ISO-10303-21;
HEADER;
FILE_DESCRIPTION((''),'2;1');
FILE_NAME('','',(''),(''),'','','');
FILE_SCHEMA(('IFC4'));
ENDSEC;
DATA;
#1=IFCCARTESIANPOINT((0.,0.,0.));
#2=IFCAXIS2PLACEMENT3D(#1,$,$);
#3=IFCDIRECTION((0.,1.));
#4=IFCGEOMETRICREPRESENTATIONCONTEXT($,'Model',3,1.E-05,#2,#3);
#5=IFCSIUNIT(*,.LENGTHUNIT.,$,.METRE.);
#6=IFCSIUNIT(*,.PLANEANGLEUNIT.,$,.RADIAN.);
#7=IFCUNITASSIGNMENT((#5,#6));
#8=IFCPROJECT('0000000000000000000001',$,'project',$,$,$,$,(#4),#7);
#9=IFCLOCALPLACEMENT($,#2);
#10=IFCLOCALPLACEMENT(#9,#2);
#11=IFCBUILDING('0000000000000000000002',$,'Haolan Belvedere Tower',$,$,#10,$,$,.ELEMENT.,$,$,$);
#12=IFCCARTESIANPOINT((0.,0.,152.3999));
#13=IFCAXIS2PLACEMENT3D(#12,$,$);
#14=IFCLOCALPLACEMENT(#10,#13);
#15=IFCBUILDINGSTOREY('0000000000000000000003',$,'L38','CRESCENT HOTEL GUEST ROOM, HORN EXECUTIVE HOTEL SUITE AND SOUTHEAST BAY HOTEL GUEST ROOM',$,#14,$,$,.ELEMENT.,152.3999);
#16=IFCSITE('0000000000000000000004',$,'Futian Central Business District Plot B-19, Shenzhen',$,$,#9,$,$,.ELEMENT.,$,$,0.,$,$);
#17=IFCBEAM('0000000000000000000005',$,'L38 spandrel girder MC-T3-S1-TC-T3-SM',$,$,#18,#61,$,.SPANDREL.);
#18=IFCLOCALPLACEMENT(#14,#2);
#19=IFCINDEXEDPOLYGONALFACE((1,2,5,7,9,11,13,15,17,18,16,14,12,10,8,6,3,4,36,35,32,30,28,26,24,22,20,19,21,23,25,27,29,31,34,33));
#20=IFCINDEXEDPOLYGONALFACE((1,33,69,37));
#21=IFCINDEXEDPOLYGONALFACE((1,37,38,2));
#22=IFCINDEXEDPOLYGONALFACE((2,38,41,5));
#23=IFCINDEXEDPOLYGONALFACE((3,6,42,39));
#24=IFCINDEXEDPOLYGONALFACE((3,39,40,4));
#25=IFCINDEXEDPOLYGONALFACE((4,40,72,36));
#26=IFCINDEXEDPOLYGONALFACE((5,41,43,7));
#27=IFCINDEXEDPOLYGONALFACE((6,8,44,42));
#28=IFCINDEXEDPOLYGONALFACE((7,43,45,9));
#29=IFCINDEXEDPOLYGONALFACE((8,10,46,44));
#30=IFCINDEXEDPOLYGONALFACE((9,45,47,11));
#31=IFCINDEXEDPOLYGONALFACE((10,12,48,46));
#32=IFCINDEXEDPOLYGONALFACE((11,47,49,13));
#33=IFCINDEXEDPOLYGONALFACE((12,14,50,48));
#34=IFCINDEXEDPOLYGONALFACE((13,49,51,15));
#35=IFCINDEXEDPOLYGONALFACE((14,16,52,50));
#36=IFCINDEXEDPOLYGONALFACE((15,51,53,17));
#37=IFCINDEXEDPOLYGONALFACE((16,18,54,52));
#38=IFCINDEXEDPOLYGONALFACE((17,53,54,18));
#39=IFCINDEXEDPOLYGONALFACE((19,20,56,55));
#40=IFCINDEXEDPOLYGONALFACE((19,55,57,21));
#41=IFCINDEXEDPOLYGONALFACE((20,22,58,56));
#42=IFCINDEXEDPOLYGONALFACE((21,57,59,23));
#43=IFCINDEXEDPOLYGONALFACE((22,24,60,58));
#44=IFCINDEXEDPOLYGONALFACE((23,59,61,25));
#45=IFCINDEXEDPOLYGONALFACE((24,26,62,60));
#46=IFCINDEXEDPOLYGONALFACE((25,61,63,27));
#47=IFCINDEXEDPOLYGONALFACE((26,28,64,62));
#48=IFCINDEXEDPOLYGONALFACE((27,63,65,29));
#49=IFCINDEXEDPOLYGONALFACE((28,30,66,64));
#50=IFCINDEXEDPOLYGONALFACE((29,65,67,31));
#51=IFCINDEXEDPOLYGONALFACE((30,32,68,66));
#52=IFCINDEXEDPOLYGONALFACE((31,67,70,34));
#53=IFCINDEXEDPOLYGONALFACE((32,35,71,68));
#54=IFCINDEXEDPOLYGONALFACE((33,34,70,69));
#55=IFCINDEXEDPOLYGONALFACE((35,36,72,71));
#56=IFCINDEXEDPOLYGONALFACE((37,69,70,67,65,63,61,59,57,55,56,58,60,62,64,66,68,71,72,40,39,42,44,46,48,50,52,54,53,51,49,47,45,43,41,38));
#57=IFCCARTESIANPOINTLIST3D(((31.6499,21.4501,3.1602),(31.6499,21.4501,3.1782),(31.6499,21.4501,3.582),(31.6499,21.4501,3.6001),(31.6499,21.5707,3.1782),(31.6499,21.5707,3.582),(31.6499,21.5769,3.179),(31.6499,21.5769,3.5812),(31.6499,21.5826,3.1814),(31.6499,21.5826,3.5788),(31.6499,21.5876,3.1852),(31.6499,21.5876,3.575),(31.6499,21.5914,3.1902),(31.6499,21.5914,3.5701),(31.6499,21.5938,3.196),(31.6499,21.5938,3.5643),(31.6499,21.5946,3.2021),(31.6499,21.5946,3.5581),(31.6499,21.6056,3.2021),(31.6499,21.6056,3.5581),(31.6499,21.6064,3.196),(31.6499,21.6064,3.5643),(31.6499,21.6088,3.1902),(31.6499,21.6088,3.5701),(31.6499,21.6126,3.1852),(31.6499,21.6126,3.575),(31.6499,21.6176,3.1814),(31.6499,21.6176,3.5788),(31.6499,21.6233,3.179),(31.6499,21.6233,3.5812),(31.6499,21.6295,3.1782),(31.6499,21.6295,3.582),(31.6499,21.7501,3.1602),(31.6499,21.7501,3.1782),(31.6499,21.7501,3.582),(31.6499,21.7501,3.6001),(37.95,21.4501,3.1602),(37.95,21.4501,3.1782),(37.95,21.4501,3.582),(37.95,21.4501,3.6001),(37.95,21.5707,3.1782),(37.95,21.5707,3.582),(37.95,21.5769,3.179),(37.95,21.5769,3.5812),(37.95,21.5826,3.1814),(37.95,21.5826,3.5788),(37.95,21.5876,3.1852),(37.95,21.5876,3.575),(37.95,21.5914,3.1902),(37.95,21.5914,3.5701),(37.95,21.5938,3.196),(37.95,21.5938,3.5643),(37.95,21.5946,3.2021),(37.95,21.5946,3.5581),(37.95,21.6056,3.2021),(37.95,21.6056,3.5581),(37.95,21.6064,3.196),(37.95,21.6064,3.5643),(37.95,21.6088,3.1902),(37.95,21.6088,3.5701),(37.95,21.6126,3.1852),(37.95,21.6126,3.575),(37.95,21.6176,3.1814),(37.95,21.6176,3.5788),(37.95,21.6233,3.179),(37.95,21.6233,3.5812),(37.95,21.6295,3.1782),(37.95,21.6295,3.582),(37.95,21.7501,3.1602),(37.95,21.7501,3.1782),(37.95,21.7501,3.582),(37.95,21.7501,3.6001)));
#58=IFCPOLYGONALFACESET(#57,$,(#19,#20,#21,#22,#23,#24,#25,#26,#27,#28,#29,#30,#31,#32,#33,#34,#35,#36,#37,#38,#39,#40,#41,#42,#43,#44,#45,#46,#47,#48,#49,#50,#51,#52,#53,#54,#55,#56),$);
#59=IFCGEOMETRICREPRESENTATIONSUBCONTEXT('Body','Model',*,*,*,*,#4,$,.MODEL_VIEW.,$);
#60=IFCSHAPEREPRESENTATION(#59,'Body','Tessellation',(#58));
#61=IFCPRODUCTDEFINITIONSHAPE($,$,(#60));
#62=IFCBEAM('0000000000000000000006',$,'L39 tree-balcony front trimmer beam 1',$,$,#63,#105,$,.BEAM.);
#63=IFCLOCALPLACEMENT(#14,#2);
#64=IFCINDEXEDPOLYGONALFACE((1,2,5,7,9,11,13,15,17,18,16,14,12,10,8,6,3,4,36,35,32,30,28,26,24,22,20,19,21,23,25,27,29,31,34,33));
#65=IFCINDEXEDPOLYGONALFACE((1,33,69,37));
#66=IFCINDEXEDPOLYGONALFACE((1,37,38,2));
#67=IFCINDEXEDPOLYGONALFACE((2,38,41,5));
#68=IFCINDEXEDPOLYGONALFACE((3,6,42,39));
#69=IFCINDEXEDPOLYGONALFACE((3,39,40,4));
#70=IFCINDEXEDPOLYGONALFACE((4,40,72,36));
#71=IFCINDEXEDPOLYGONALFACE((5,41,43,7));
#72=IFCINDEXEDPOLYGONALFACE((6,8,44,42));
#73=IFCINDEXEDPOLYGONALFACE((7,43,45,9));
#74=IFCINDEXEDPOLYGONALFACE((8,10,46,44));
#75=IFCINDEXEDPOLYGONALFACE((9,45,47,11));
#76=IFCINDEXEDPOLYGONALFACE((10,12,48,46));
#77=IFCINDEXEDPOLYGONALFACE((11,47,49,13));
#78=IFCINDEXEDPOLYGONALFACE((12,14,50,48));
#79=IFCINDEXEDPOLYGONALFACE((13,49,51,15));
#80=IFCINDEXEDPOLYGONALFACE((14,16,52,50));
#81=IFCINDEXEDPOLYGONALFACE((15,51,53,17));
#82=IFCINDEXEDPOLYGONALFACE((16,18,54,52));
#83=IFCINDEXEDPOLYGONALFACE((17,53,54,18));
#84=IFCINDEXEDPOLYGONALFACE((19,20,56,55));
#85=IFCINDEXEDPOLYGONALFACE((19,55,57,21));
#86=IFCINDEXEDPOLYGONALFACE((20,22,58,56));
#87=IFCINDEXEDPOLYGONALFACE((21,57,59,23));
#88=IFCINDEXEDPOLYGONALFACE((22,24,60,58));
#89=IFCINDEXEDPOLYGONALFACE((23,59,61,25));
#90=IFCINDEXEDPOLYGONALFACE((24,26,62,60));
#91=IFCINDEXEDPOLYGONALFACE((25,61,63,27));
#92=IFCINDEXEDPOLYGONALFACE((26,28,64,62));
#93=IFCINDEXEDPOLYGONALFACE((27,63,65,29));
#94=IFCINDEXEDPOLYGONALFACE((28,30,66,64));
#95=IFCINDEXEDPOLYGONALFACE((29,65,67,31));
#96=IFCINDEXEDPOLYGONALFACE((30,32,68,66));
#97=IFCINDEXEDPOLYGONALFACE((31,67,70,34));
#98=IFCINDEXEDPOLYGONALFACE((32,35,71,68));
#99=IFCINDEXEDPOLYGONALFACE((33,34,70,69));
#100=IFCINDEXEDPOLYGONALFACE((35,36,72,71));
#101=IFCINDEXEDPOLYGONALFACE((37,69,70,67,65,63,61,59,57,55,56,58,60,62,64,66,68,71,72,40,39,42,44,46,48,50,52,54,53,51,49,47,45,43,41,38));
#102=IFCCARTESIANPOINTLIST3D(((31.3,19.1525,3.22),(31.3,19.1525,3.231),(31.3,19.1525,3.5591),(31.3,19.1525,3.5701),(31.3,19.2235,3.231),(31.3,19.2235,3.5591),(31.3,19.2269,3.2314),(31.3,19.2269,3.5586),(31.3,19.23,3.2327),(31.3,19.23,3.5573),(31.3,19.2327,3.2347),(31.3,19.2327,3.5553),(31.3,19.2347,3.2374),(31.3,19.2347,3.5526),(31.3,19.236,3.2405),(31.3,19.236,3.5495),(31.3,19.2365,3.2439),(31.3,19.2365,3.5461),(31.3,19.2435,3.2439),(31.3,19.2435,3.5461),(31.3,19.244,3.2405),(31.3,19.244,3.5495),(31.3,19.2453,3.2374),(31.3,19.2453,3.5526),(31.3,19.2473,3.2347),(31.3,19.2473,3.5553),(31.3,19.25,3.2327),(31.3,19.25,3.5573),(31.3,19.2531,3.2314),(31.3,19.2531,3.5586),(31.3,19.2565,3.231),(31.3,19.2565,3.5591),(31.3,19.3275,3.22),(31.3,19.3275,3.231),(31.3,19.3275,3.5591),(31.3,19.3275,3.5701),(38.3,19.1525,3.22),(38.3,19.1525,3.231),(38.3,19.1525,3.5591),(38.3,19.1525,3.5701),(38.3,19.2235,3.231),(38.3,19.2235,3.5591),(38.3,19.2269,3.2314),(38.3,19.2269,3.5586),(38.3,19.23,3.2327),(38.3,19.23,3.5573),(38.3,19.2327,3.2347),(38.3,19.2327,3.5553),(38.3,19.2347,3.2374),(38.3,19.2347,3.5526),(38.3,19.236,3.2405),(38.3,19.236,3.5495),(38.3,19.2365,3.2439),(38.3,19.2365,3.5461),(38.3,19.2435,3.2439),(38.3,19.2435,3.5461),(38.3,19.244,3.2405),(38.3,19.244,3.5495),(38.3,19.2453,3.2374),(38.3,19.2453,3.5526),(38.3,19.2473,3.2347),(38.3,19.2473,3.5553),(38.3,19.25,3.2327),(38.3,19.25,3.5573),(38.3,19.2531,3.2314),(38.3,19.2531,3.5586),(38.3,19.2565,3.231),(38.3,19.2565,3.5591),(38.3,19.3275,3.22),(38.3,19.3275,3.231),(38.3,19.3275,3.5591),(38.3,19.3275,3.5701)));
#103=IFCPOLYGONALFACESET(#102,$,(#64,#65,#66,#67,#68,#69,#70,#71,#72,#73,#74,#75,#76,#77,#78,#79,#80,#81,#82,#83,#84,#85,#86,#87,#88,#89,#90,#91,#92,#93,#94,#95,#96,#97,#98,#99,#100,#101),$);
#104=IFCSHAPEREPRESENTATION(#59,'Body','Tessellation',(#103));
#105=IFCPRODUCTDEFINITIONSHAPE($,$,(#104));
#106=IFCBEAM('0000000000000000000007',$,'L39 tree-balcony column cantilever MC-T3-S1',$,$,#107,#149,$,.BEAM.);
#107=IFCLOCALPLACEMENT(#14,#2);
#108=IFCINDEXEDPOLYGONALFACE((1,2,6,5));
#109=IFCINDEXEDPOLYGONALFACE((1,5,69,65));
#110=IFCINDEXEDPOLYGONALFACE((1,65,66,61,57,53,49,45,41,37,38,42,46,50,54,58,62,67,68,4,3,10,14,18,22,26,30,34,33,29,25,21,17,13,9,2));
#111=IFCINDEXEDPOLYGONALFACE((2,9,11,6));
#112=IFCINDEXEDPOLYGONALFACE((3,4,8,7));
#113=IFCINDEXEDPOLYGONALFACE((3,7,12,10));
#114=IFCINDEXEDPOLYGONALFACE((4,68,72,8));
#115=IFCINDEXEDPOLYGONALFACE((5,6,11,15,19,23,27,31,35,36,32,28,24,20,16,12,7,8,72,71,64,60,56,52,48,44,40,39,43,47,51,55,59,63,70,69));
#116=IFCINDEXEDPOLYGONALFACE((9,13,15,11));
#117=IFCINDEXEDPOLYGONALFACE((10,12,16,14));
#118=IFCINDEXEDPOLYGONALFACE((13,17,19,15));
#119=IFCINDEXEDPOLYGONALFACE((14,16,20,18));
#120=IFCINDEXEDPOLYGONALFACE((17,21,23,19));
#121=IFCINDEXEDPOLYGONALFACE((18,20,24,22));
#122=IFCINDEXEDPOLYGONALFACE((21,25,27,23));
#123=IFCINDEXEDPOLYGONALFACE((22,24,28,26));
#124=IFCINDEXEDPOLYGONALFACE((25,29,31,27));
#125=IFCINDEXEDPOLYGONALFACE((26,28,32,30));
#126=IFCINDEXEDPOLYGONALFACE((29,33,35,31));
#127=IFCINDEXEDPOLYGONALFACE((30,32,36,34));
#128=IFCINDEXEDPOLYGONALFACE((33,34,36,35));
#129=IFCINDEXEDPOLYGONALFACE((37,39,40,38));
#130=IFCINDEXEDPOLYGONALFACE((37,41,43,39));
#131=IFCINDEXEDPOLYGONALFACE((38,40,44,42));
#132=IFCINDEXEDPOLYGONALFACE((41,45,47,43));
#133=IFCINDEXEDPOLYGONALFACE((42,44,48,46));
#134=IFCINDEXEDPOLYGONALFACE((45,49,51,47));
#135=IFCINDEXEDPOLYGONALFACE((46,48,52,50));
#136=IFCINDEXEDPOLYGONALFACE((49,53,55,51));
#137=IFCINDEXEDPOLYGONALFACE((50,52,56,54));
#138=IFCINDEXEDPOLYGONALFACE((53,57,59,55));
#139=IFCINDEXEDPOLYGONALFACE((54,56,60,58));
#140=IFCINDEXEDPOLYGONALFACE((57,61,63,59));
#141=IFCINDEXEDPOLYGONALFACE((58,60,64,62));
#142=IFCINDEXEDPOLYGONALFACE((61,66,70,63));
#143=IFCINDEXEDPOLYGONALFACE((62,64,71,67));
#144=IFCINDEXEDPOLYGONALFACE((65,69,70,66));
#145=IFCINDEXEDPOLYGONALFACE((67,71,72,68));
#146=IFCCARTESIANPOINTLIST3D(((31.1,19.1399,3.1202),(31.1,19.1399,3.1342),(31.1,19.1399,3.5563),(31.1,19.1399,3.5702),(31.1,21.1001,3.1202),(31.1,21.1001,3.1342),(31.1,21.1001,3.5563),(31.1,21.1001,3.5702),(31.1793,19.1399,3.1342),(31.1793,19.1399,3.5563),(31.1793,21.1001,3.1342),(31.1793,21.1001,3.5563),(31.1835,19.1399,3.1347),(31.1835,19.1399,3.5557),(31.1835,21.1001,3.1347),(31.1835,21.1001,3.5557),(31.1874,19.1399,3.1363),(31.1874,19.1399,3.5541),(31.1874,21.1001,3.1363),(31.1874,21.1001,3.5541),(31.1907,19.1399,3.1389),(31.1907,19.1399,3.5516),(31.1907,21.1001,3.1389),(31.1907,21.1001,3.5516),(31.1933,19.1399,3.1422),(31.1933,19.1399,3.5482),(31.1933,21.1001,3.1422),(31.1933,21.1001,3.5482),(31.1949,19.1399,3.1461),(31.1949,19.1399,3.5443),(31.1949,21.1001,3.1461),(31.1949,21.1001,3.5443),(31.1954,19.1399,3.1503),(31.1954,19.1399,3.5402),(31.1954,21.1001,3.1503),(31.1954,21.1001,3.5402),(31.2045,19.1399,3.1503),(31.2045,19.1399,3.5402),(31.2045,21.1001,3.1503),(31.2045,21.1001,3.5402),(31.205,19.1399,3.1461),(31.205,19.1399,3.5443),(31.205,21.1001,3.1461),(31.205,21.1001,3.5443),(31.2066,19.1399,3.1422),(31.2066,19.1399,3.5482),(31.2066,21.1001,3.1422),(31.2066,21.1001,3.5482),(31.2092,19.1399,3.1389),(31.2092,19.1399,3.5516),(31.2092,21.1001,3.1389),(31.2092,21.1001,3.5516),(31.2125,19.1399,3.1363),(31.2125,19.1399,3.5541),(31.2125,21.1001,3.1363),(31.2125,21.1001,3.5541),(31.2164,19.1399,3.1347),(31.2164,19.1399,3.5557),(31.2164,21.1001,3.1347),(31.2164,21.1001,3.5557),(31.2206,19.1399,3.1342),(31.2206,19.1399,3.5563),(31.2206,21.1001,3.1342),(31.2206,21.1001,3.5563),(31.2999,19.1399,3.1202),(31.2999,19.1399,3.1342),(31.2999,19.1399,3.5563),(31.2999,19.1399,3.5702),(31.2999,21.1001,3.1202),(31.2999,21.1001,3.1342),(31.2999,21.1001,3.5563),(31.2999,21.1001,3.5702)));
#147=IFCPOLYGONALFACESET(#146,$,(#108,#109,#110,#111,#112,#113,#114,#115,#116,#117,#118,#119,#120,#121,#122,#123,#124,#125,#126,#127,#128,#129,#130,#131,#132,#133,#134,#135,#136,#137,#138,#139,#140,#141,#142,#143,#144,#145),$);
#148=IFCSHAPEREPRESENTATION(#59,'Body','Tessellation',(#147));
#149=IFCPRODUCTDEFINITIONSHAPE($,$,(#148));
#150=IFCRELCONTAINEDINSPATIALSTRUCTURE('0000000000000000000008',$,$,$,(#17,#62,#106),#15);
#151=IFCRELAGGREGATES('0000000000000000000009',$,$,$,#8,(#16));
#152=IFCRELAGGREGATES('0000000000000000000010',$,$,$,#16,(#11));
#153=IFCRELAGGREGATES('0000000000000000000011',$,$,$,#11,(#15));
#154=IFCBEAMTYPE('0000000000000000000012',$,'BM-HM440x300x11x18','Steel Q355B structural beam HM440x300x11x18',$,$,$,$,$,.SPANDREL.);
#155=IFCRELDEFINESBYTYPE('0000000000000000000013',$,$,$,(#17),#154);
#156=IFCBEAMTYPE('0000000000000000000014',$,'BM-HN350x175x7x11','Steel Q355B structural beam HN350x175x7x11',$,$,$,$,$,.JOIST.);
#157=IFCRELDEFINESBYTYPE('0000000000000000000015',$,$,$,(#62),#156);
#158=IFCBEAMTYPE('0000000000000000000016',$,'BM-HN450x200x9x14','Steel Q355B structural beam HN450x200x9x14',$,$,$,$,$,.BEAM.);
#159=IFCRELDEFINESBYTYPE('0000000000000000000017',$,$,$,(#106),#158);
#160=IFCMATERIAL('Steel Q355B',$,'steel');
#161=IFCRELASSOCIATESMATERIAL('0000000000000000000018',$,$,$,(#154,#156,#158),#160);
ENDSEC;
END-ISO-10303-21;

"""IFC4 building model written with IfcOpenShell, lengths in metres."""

from ifc_helpers import new_model, si_unit, direction, frame, origin, origin_2d, place, context, subcontext, project, spatial, i_section, extrude, material, material_profile, profile_set, type_object, element, save


model = new_model("IFC4")

# Units and contexts
model_context = context("Model", 3, precision=1e-05, world=origin(), true_north=direction((0.0, 1.0)))
body_context = subcontext(model_context, "Body", "Model", "MODEL_VIEW")
ifc_project = project(units=[si_unit("LENGTHUNIT", "METRE"), si_unit("PLANEANGLEUNIT", "RADIAN")], contexts=[model_context])

# Site, building, storey
site_placement = place(None, origin())
site = spatial("IfcSite", under=ifc_project, at=site_placement, Name="Futian Central Business District Plot B-19, Shenzhen", CompositionType="ELEMENT", RefElevation=0.0)
building_placement = place(site_placement, origin())
building = spatial("IfcBuilding", under=site, at=building_placement, Name="Haolan Belvedere Tower", CompositionType="ELEMENT")
storey_placement = place(building_placement, frame((0.0, 0.0, 152.3999)))
storey = spatial("IfcBuildingStorey", under=building, at=storey_placement, Name="L38", Description="CRESCENT HOTEL GUEST ROOM, HORN EXECUTIVE HOTEL SUITE AND SOUTHEAST BAY HOTEL GUEST ROOM", CompositionType="ELEMENT", Elevation=152.3999)

# Beams
ifc_material_1 = material(Name="Steel Q355B", Category="steel")
ifc_material_profile_1 = material_profile(ifc_material_1, i_section(OverallWidth=0.3, OverallDepth=0.4399, WebThickness=0.011, FlangeThickness=0.0181, FilletRadius=0.0239, at=origin_2d()), Name="Steel Q355B")
ifc_profile_set_1 = profile_set([ifc_material_profile_1], Name="Steel Q355B")
beam_type_1 = type_object("IfcBeamType", Name="BM-HM440x300x11x18", Description="Steel Q355B structural beam HM440x300x11x18", PredefinedType="SPANDREL", material=ifc_profile_set_1)
for number, where, z_axis, x_axis, name in (
    (1, (31.6499, 21.6001, 3.3801), (1.0, 0.0, 0.0), (0.0, 1.0, 0.0), "L38 spandrel girder MC-T3-S1-TC-T3-SM"),
):
    element("IfcBeam", number, at=place(storey_placement, frame(where, z_axis=z_axis, x_axis=x_axis)), inside=storey, type_object=beam_type_1, Name=name, PredefinedType="SPANDREL", context=body_context, shape_type="SweptSolid", body=[
        extrude(i_section(OverallWidth=0.3, OverallDepth=0.4399, WebThickness=0.011, FlangeThickness=0.0181, FilletRadius=0.0239, at=origin_2d()), origin(), (0.0, 0.0, 1.0), 6.3),
    ])
ifc_material_profile_2 = material_profile(ifc_material_1, i_section(OverallWidth=0.175, OverallDepth=0.3501, WebThickness=0.0071, FlangeThickness=0.011, FilletRadius=0.0129, at=origin_2d()), Name="Steel Q355B")
ifc_profile_set_2 = profile_set([ifc_material_profile_2], Name="Steel Q355B")
beam_type_2 = type_object("IfcBeamType", Name="BM-HN350x175x7x11", Description="Steel Q355B structural beam HN350x175x7x11", PredefinedType="JOIST", material=ifc_profile_set_2)
beam_1_placement = place(storey_placement, frame((31.3, 19.24, 3.395), z_axis=(1.0, 0.0, 0.0), x_axis=(0.0, 1.0, 0.0)))
element("IfcBeam", 2, at=beam_1_placement, inside=storey, type_object=beam_type_2, Name="L39 tree-balcony front trimmer beam 1", PredefinedType="BEAM", context=body_context, shape_type="SweptSolid", body=[
    extrude(i_section(OverallWidth=0.175, OverallDepth=0.3501, WebThickness=0.0071, FlangeThickness=0.011, FilletRadius=0.0129, at=origin_2d()), origin(), (0.0, 0.0, 1.0), 7.0),
])
ifc_material_profile_3 = material_profile(ifc_material_1, i_section(OverallWidth=0.2, OverallDepth=0.45, WebThickness=0.009, FlangeThickness=0.0139, FilletRadius=0.0161, at=origin_2d()), Name="Steel Q355B")
ifc_profile_set_3 = profile_set([ifc_material_profile_3], Name="Steel Q355B")
beam_type_3 = type_object("IfcBeamType", Name="BM-HN450x200x9x14", Description="Steel Q355B structural beam HN450x200x9x14", PredefinedType="BEAM", material=ifc_profile_set_3)
beam_2_placement = place(storey_placement, frame((31.2, 21.1001, 3.3452), z_axis=(0.0, -1.0, 0.0), x_axis=(1.0, 0.0, 0.0)))
element("IfcBeam", 3, at=beam_2_placement, inside=storey, type_object=beam_type_3, Name="L39 tree-balcony column cantilever MC-T3-S1", PredefinedType="BEAM", context=body_context, shape_type="SweptSolid", body=[
    extrude(i_section(OverallWidth=0.2, OverallDepth=0.45, WebThickness=0.009, FlangeThickness=0.0139, FilletRadius=0.0161, at=origin_2d()), origin(), (0.0, 0.0, 1.0), 1.9602),
])

save(model, "model.ifc")
